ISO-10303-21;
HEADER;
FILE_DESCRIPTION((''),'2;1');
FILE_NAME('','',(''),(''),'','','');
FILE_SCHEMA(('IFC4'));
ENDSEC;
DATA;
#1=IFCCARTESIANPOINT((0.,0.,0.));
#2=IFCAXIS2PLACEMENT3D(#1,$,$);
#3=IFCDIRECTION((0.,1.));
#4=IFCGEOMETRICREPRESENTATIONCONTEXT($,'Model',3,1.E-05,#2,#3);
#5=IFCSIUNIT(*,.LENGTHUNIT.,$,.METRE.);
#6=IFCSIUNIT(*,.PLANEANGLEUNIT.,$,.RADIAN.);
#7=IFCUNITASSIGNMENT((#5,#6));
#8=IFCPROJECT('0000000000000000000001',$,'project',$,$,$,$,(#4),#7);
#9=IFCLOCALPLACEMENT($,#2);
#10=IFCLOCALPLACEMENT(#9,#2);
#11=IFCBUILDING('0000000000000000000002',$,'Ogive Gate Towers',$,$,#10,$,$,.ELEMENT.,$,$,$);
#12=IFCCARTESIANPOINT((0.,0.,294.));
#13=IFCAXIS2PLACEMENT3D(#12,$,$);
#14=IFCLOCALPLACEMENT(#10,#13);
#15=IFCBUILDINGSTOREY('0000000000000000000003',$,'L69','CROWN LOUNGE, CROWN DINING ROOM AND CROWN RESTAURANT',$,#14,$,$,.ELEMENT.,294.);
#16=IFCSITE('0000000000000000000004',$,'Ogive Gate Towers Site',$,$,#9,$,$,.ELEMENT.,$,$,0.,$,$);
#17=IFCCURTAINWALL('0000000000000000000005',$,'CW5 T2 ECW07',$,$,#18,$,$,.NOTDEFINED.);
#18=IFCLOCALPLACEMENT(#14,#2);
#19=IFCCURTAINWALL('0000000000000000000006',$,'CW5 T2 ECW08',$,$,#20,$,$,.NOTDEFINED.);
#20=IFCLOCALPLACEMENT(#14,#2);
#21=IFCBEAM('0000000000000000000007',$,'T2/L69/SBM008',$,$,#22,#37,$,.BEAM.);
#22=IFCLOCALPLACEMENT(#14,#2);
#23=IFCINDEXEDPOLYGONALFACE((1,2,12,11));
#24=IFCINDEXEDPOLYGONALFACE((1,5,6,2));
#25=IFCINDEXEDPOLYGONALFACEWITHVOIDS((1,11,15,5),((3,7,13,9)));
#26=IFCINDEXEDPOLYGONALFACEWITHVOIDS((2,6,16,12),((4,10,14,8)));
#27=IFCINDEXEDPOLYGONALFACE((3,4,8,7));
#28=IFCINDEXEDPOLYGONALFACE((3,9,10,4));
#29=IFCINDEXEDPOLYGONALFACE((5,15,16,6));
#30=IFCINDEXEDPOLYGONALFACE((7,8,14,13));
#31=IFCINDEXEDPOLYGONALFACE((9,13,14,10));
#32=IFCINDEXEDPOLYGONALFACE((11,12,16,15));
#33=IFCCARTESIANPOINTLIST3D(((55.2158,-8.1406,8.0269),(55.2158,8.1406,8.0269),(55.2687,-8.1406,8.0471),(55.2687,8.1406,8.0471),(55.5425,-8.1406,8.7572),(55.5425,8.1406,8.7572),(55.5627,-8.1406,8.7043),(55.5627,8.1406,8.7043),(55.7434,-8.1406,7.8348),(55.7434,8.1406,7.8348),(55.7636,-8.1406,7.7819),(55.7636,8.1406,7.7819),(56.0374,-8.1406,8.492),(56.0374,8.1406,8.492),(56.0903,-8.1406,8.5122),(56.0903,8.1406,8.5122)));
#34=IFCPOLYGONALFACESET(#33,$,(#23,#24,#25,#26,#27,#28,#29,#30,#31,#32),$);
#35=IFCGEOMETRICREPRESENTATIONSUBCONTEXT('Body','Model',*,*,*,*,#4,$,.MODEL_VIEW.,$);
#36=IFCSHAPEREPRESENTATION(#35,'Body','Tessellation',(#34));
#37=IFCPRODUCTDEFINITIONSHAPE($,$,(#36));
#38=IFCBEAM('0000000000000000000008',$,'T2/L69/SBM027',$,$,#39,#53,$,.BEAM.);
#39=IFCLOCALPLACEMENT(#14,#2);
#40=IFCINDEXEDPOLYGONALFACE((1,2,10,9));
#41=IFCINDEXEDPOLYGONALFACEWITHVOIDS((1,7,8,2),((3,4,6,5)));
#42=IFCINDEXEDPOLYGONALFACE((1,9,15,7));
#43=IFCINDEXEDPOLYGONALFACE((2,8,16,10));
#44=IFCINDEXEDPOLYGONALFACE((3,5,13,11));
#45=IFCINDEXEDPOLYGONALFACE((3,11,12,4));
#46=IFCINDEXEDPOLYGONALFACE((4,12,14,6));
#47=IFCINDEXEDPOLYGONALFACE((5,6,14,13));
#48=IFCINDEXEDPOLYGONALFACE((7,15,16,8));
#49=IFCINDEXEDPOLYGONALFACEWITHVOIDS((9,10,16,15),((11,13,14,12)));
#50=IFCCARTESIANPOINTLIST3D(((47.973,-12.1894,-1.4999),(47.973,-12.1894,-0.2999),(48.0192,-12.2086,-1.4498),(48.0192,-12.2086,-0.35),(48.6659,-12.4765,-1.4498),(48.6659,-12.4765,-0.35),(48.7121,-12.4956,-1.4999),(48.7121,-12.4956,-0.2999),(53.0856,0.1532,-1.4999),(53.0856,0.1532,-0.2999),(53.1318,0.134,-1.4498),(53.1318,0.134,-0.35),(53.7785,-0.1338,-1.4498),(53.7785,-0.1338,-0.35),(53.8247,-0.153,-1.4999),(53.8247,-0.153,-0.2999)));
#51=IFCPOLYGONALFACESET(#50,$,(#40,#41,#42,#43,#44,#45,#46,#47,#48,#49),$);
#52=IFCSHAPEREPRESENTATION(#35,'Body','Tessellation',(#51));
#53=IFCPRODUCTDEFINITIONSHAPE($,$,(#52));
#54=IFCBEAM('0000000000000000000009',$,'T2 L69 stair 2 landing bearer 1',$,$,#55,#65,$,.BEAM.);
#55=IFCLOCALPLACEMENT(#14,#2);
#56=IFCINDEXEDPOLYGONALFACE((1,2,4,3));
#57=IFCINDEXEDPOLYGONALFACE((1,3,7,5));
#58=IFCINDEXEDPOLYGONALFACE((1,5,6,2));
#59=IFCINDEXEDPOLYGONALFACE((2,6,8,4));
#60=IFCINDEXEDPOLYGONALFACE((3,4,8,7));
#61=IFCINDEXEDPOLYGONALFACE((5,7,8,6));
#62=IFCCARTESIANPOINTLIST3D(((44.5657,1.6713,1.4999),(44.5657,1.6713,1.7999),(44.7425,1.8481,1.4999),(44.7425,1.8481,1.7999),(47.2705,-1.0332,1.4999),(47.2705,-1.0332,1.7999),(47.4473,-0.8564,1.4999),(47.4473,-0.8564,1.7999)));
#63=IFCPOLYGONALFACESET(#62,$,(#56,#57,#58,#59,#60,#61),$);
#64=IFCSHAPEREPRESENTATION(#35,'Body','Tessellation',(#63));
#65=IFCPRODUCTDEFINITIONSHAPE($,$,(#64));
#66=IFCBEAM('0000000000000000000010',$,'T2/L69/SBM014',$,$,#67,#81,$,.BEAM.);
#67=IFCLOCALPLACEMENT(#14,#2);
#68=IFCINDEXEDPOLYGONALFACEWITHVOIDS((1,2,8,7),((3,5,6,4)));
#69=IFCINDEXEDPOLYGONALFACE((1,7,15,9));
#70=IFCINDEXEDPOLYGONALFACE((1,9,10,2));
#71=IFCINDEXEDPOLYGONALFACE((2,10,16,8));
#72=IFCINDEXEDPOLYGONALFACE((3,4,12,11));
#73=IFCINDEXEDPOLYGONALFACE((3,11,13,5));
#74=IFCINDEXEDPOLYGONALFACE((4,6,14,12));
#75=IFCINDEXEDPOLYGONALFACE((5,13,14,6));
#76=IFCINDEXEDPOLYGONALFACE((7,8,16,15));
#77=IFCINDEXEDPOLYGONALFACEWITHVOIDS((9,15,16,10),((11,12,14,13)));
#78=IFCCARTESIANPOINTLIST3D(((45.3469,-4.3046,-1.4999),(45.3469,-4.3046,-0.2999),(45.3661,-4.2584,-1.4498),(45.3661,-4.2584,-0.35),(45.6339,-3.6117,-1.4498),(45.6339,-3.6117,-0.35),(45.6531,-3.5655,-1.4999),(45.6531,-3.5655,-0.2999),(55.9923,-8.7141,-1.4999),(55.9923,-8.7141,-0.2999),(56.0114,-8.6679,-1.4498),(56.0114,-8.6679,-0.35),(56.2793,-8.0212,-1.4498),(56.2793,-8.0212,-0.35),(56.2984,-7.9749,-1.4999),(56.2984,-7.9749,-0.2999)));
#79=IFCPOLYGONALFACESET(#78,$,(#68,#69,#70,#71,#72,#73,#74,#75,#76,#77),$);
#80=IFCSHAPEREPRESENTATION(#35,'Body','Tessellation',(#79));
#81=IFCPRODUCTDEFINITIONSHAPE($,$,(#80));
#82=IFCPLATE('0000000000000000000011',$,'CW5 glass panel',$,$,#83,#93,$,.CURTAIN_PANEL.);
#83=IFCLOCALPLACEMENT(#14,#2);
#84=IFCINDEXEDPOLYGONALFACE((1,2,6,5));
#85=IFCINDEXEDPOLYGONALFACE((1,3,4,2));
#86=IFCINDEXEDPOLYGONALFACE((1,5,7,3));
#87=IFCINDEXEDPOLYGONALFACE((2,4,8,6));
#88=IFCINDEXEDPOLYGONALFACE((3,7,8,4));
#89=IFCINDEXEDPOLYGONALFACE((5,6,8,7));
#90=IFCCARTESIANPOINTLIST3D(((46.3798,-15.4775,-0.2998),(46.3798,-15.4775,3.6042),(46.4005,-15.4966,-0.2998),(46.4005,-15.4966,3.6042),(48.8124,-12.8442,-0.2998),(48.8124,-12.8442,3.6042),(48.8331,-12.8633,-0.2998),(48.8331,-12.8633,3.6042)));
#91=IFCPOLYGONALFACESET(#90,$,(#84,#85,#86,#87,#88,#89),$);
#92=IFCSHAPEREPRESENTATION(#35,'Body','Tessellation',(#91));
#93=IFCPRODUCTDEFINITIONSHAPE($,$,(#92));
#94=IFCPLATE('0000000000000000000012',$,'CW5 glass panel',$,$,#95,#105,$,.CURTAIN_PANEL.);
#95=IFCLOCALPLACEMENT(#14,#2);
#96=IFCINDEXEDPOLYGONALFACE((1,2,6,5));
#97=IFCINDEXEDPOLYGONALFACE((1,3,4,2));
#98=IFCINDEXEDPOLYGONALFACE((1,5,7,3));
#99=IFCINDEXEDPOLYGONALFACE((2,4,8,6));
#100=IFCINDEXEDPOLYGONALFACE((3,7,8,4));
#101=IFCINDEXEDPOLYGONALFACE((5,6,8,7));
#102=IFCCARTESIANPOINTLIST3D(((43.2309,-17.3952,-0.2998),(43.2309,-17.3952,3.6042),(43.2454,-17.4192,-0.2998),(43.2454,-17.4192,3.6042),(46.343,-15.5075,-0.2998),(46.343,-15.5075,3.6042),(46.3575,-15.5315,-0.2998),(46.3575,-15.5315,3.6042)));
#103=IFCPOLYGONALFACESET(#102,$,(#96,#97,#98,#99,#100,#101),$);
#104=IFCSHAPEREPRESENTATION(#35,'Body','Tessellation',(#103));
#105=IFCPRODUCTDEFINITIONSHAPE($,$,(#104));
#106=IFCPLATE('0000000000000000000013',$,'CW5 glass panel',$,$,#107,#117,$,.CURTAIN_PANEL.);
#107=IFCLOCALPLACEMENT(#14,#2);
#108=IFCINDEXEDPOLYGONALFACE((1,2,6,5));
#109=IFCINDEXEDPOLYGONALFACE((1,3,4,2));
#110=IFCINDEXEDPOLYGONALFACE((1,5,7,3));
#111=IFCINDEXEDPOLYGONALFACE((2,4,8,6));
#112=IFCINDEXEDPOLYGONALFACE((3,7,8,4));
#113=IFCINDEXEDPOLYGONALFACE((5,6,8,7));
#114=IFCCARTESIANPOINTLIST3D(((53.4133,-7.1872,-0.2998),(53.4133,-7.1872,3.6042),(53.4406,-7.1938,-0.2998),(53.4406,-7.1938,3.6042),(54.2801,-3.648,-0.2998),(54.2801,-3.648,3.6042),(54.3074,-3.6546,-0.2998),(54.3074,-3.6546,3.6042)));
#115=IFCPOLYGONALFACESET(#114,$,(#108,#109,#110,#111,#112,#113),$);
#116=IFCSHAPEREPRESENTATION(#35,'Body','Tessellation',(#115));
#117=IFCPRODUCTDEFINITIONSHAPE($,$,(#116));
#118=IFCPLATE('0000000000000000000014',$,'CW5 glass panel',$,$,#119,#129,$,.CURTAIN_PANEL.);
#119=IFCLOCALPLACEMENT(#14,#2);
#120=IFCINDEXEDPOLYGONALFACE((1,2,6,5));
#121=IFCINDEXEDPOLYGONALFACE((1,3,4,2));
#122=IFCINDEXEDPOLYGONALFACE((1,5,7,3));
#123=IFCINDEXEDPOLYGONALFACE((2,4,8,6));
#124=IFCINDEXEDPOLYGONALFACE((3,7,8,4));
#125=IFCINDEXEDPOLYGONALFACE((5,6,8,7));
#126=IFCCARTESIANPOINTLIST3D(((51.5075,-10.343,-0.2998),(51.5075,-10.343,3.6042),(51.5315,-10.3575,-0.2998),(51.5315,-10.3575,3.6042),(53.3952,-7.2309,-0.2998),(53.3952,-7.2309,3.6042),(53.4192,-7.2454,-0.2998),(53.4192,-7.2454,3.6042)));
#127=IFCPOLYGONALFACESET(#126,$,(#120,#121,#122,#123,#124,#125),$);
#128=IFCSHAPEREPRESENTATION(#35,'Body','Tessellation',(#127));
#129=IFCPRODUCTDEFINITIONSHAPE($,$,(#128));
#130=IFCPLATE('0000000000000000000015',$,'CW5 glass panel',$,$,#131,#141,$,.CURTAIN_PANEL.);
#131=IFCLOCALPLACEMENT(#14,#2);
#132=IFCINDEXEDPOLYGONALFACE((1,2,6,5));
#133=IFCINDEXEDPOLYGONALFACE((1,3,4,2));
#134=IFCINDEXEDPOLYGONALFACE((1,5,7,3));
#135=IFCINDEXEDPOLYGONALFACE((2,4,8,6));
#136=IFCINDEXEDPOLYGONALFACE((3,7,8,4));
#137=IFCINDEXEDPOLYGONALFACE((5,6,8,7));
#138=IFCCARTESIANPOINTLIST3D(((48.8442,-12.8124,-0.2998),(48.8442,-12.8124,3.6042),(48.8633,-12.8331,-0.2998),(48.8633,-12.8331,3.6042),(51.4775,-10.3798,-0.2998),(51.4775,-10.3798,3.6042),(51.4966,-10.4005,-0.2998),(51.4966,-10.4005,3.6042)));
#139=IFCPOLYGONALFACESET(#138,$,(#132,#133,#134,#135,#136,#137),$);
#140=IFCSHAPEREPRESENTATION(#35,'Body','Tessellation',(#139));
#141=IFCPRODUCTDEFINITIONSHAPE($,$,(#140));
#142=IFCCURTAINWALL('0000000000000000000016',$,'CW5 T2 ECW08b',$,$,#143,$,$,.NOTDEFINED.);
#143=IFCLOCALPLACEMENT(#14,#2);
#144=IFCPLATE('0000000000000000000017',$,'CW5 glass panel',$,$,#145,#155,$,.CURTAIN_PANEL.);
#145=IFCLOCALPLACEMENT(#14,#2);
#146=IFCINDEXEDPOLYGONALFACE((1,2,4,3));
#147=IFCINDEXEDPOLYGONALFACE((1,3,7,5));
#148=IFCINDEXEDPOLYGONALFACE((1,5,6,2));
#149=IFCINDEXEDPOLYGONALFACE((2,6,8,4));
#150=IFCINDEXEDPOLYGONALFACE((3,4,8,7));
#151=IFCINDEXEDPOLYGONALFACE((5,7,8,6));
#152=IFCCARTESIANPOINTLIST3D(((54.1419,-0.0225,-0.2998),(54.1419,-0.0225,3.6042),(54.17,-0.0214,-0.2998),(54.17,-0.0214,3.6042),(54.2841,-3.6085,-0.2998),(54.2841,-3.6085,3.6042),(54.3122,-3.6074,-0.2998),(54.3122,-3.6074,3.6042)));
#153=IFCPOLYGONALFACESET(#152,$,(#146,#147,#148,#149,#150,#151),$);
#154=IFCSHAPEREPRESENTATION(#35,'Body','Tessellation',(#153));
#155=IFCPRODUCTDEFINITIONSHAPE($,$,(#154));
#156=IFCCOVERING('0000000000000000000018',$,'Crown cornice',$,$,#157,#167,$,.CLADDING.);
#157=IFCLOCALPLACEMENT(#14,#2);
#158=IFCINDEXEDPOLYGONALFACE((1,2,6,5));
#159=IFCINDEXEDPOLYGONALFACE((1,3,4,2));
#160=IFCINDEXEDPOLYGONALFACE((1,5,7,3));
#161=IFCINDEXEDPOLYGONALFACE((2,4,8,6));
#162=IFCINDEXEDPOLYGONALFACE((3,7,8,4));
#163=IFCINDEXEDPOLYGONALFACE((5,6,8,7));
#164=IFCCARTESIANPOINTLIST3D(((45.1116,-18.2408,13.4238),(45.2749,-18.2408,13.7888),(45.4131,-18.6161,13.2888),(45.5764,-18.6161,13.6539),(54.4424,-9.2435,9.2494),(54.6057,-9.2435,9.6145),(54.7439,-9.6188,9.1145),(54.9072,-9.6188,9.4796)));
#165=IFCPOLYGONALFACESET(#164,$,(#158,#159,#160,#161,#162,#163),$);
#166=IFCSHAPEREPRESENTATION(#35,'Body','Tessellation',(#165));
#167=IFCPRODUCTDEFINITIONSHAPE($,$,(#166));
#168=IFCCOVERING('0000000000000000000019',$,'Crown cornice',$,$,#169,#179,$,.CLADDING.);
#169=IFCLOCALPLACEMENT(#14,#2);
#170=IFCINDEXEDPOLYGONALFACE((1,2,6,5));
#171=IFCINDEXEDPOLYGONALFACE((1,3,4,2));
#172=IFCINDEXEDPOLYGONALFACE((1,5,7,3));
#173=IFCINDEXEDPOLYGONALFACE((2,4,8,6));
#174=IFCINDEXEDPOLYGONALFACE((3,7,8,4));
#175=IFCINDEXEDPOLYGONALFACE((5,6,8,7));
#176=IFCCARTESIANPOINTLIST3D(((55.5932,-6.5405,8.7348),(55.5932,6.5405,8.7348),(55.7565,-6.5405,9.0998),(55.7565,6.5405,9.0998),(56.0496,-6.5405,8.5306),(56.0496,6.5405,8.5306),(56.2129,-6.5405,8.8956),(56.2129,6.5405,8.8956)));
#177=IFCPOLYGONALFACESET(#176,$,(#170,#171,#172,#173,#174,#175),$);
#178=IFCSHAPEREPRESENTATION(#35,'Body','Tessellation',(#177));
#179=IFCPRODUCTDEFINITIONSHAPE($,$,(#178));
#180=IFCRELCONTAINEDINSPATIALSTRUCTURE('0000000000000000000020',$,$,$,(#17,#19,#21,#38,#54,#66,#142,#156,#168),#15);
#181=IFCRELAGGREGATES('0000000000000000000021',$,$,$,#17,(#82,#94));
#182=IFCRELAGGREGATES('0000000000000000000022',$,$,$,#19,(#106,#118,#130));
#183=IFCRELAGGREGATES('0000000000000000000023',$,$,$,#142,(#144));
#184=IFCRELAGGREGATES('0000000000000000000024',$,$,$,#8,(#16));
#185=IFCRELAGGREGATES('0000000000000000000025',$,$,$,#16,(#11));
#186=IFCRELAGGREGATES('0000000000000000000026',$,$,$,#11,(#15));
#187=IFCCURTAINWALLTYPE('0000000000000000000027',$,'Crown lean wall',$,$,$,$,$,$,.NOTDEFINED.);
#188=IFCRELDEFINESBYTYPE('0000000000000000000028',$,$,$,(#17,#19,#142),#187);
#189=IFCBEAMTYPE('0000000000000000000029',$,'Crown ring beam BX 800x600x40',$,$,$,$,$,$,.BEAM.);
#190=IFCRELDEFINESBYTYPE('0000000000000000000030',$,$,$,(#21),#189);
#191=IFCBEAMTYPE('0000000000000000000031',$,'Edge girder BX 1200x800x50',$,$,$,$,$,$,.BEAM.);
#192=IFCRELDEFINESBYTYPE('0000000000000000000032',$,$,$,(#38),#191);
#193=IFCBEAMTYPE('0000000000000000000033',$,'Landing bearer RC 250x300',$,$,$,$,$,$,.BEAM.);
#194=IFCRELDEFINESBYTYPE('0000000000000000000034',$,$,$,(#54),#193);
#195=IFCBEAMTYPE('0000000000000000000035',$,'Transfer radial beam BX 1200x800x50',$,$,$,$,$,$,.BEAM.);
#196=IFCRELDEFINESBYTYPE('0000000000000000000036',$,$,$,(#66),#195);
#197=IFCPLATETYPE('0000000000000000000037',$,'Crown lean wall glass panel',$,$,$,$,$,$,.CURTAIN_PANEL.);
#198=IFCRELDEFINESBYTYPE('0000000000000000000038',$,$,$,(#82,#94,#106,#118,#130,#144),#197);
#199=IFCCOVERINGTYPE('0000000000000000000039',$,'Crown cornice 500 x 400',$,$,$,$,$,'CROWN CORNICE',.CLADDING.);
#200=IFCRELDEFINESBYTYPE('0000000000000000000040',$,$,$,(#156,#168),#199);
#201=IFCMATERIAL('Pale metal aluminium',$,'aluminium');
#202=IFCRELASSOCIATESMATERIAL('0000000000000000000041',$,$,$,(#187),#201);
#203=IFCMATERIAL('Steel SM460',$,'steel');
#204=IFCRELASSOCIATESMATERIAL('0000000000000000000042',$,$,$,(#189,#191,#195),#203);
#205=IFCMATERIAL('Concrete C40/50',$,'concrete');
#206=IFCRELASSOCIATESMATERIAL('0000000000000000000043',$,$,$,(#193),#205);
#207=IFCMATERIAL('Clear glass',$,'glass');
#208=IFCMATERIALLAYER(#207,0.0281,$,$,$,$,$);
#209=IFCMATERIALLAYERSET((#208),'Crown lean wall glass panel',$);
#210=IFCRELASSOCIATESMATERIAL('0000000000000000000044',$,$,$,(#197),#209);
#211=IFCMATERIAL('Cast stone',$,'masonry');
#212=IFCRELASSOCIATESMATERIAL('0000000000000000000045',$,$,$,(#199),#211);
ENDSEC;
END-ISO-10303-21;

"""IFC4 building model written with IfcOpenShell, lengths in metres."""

from ifc_helpers import new_model, si_unit, direction, frame, origin, origin_2d, place, context, subcontext, project, spatial, rectangle, hollow_rectangle, extrude, material, layer, layer_set, material_profile, profile_set, type_object, element, aggregate, save


model = new_model("IFC4")

# Units and contexts
model_context = context("Model", 3, precision=1e-05, world=origin(), true_north=direction((0.0, 1.0)))
body_context = subcontext(model_context, "Body", "Model", "MODEL_VIEW")
ifc_project = project(units=[si_unit("LENGTHUNIT", "METRE"), si_unit("PLANEANGLEUNIT", "RADIAN")], contexts=[model_context])

# Site, building, storey
site_placement = place(None, origin())
site = spatial("IfcSite", under=ifc_project, at=site_placement, Name="Ogive Gate Towers Site", CompositionType="ELEMENT", RefElevation=0.0)
building_placement = place(site_placement, origin())
building = spatial("IfcBuilding", under=site, at=building_placement, Name="Ogive Gate Towers", CompositionType="ELEMENT")
storey_placement = place(building_placement, frame((0.0, 0.0, 294.0)))
storey = spatial("IfcBuildingStorey", under=building, at=storey_placement, Name="L69", Description="CROWN LOUNGE, CROWN DINING ROOM AND CROWN RESTAURANT", CompositionType="ELEMENT", Elevation=294.0)

# Shared definitions
ifc_material_1 = material(Name="Steel SM460", Category="steel")

# Curtain walls
ifc_material_2 = material(Name="Pale metal aluminium", Category="aluminium")
curtain_wall_type = type_object("IfcCurtainWallType", Name="Crown lean wall", PredefinedType="NOTDEFINED", material=ifc_material_2)
curtain_wall_1_placement = place(storey_placement, origin())
curtain_wall_1 = element("IfcCurtainWall", 1, at=curtain_wall_1_placement, inside=storey, type_object=curtain_wall_type, Name="CW5 T2 ECW07", PredefinedType="NOTDEFINED")
curtain_wall_2_placement = place(storey_placement, origin())
curtain_wall_2 = element("IfcCurtainWall", 2, at=curtain_wall_2_placement, inside=storey, type_object=curtain_wall_type, Name="CW5 T2 ECW08", PredefinedType="NOTDEFINED")

# Beams
ifc_material_profile_1 = material_profile(ifc_material_1, hollow_rectangle(XDim=0.6001, YDim=0.8, WallThickness=0.04, at=origin_2d()), Name="BX 800x600x40")
ifc_profile_set_1 = profile_set([ifc_material_profile_1], Name="Steel SM460")
beam_type_1 = type_object("IfcBeamType", Name="Crown ring beam BX 800x600x40", PredefinedType="BEAM", material=ifc_profile_set_1)
beam_1_placement = place(storey_placement, frame((55.6531, -8.1406, 8.2695), z_axis=(0.0, 1.0, 0.0), x_axis=(0.912818, 0.0, -0.408366)))
element("IfcBeam", 3, at=beam_1_placement, inside=storey, type_object=beam_type_1, Name="T2/L69/SBM008", PredefinedType="BEAM", context=body_context, shape_type="SweptSolid", body=[
    extrude(hollow_rectangle(XDim=0.6001, YDim=0.8, WallThickness=0.04, at=origin_2d()), origin(), (0.0, 0.0, 1.0), 16.2812),
])
ifc_material_profile_2 = material_profile(ifc_material_1, hollow_rectangle(XDim=0.8, YDim=1.2, WallThickness=0.05, at=origin_2d()), Name="BX 1200x800x50")
ifc_profile_set_2 = profile_set([ifc_material_profile_2], Name="Steel SM460")
beam_type_2 = type_object("IfcBeamType", Name="Edge girder BX 1200x800x50", PredefinedType="BEAM", material=ifc_profile_set_2)
beam_2_placement = place(storey_placement, frame((48.3425, -12.3425, -0.8999), z_axis=(0.38269, 0.923877, 0.0), x_axis=(-0.923877, 0.38269, 0.0)))
element("IfcBeam", 4, at=beam_2_placement, inside=storey, type_object=beam_type_2, Name="T2/L69/SBM027", PredefinedType="BEAM", context=body_context, shape_type="SweptSolid", body=[
    extrude(hollow_rectangle(XDim=0.8, YDim=1.2, WallThickness=0.05, at=origin_2d()), origin(), (0.0, 0.0, 1.0), 13.3596),
])
ifc_material_3 = material(Name="Concrete C40/50", Category="concrete")
ifc_material_profile_3 = material_profile(ifc_material_3, rectangle(XDim=0.25, YDim=0.3, at=origin_2d()), Name="RC 250x300")
ifc_profile_set_3 = profile_set([ifc_material_profile_3], Name="Concrete C40/50")
beam_type_3 = type_object("IfcBeamType", Name="Landing bearer RC 250x300", PredefinedType="BEAM", material=ifc_profile_set_3)
beam_3_placement = place(storey_placement, frame((47.3589, -0.9448, 1.6499), z_axis=(-0.707139, 0.707075, 0.0), x_axis=(-0.707075, -0.707139, 0.0)))
element("IfcBeam", 5, at=beam_3_placement, inside=storey, type_object=beam_type_3, Name="T2 L69 stair 2 landing bearer 1", PredefinedType="BEAM", context=body_context, shape_type="SweptSolid", body=[
    extrude(rectangle(XDim=0.25, YDim=0.3, at=origin_2d()), origin(), (0.0, 0.0, 1.0), 3.825),
])
ifc_material_profile_4 = material_profile(ifc_material_1, hollow_rectangle(XDim=0.8, YDim=1.2, WallThickness=0.05, at=origin_2d()), Name="BX 1200x800x50")
ifc_profile_set_4 = profile_set([ifc_material_profile_4], Name="Steel SM460")
beam_type_4 = type_object("IfcBeamType", Name="Transfer radial beam BX 1200x800x50", PredefinedType="BEAM", material=ifc_profile_set_4)
beam_4_placement = place(storey_placement, frame((45.5, -3.9351, -0.8999), z_axis=(0.923879, -0.382684, 0.0), x_axis=(0.382684, 0.923879, 0.0)))
element("IfcBeam", 6, at=beam_4_placement, inside=storey, type_object=beam_type_4, Name="T2/L69/SBM014", PredefinedType="BEAM", context=body_context, shape_type="SweptSolid", body=[
    extrude(hollow_rectangle(XDim=0.8, YDim=1.2, WallThickness=0.05, at=origin_2d()), origin(), (0.0, 0.0, 1.0), 11.5225),
])

# Plates
ifc_material_4 = material(Name="Clear glass", Category="glass")
ifc_layer = layer(ifc_material_4, 0.0281)
ifc_layer_set = layer_set([ifc_layer], Name="Crown lean wall glass panel")
plate_type = type_object("IfcPlateType", Name="Crown lean wall glass panel", PredefinedType="CURTAIN_PANEL", material=ifc_layer_set)
plate_1_placement = place(storey_placement, frame((47.6064, -14.1704, -0.2998), z_axis=(0.0, 0.0, 1.0), x_axis=(-0.678557, -0.734548, 0.0)))
plate_1 = element("IfcPlate", 7, at=plate_1_placement, type_object=plate_type, Name="CW5 glass panel", PredefinedType="CURTAIN_PANEL", context=body_context, shape_type="SweptSolid", body=[
    extrude(rectangle(XDim=3.585, YDim=0.0281, at=origin_2d()), origin(), (0.0, 0.0, 1.0), 3.9041),
])
plate_2_placement = place(storey_placement, frame((44.7942, -16.4634, -0.2998), z_axis=(0.0, 0.0, 1.0), x_axis=(-0.855002, -0.518624, 0.0)))
plate_2 = element("IfcPlate", 8, at=plate_2_placement, type_object=plate_type, Name="CW5 glass panel", PredefinedType="CURTAIN_PANEL", context=body_context, shape_type="SweptSolid", body=[
    extrude(rectangle(XDim=3.6399, YDim=0.0281, at=origin_2d()), origin(), (0.0, 0.0, 1.0), 3.9041),
])
aggregate(curtain_wall_1, [plate_1, plate_2])
plate_3_placement = place(storey_placement, frame((53.8604, -5.4209, -0.2998), z_axis=(0.0, 0.0, 1.0), x_axis=(-0.237872, -0.971296, 0.0)))
plate_3 = element("IfcPlate", 9, at=plate_3_placement, type_object=plate_type, Name="CW5 glass panel", PredefinedType="CURTAIN_PANEL", context=body_context, shape_type="SweptSolid", body=[
    extrude(rectangle(XDim=3.6438, YDim=0.0281, at=origin_2d()), origin(), (0.0, 0.0, 1.0), 3.9041),
])
plate_4_placement = place(storey_placement, frame((52.4634, -8.7942, -0.2998), z_axis=(0.0, 0.0, 1.0), x_axis=(-0.518624, -0.855002, 0.0)))
plate_4 = element("IfcPlate", 10, at=plate_4_placement, type_object=plate_type, Name="CW5 glass panel", PredefinedType="CURTAIN_PANEL", context=body_context, shape_type="SweptSolid", body=[
    extrude(rectangle(XDim=3.6399, YDim=0.0281, at=origin_2d()), origin(), (0.0, 0.0, 1.0), 3.9041),
])
plate_5_placement = place(storey_placement, frame((50.1704, -11.6064, -0.2998), z_axis=(0.0, 0.0, 1.0), x_axis=(-0.734548, -0.678557, 0.0)))
plate_5 = element("IfcPlate", 11, at=plate_5_placement, type_object=plate_type, Name="CW5 glass panel", PredefinedType="CURTAIN_PANEL", context=body_context, shape_type="SweptSolid", body=[
    extrude(rectangle(XDim=3.585, YDim=0.0281, at=origin_2d()), origin(), (0.0, 0.0, 1.0), 3.9041),
])
aggregate(curtain_wall_2, [plate_3, plate_4, plate_5])

# Curtain wall, plate
curtain_wall_3_placement = place(storey_placement, origin())
curtain_wall_3 = element("IfcCurtainWall", 12, at=curtain_wall_3_placement, inside=storey, type_object=curtain_wall_type, Name="CW5 T2 ECW08b", PredefinedType="NOTDEFINED")
plate_6_placement = place(storey_placement, frame((54.2271, -1.8149, -0.2998), z_axis=(0.0, 0.0, 1.0), x_axis=(0.039609, -0.999215, 0.0)))
plate_6 = element("IfcPlate", 13, at=plate_6_placement, type_object=plate_type, Name="CW5 glass panel", PredefinedType="CURTAIN_PANEL", context=body_context, shape_type="SweptSolid", body=[
    extrude(rectangle(XDim=3.5889, YDim=0.0281, at=origin_2d()), origin(), (0.0, 0.0, 1.0), 3.9041),
])
aggregate(curtain_wall_3, [plate_6])

# Coverings
ifc_material_5 = material(Name="Cast stone", Category="masonry")
ifc_material_profile_5 = material_profile(ifc_material_5, rectangle(XDim=0.5, YDim=0.3999, at=origin_2d()), Name="500 x 400 cast stone")
ifc_profile_set_5 = profile_set([ifc_material_profile_5], Name="Cast stone")
covering_type = type_object("IfcCoveringType", Name="Crown cornice 500 x 400", ElementType="CROWN CORNICE", PredefinedType="CLADDING", material=ifc_profile_set_5)
covering_1_placement = place(storey_placement, frame((45.344, -18.4285, 13.5388), z_axis=(0.685199, 0.660709, -0.306537), x_axis=(0.603105, -0.750642, -0.269817)))
element("IfcCovering", 14, at=covering_1_placement, inside=storey, type_object=covering_type, Name="Crown cornice", PredefinedType="CLADDING", context=body_context, shape_type="SweptSolid", body=[
    extrude(rectangle(XDim=0.5, YDim=0.3999, at=origin_2d()), origin(), (0.0, 0.0, 1.0), 13.6177),
])
covering_2_placement = place(storey_placement, frame((55.9031, -6.5405, 8.8152), z_axis=(0.0, 1.0, 0.0), x_axis=(0.91282, 0.0, -0.408362)))
element("IfcCovering", 15, at=covering_2_placement, inside=storey, type_object=covering_type, Name="Crown cornice", PredefinedType="CLADDING", context=body_context, shape_type="SweptSolid", body=[
    extrude(rectangle(XDim=0.5, YDim=0.3999, at=origin_2d()), origin(), (0.0, 0.0, 1.0), 13.0811),
])

save(model, "model.ifc")
